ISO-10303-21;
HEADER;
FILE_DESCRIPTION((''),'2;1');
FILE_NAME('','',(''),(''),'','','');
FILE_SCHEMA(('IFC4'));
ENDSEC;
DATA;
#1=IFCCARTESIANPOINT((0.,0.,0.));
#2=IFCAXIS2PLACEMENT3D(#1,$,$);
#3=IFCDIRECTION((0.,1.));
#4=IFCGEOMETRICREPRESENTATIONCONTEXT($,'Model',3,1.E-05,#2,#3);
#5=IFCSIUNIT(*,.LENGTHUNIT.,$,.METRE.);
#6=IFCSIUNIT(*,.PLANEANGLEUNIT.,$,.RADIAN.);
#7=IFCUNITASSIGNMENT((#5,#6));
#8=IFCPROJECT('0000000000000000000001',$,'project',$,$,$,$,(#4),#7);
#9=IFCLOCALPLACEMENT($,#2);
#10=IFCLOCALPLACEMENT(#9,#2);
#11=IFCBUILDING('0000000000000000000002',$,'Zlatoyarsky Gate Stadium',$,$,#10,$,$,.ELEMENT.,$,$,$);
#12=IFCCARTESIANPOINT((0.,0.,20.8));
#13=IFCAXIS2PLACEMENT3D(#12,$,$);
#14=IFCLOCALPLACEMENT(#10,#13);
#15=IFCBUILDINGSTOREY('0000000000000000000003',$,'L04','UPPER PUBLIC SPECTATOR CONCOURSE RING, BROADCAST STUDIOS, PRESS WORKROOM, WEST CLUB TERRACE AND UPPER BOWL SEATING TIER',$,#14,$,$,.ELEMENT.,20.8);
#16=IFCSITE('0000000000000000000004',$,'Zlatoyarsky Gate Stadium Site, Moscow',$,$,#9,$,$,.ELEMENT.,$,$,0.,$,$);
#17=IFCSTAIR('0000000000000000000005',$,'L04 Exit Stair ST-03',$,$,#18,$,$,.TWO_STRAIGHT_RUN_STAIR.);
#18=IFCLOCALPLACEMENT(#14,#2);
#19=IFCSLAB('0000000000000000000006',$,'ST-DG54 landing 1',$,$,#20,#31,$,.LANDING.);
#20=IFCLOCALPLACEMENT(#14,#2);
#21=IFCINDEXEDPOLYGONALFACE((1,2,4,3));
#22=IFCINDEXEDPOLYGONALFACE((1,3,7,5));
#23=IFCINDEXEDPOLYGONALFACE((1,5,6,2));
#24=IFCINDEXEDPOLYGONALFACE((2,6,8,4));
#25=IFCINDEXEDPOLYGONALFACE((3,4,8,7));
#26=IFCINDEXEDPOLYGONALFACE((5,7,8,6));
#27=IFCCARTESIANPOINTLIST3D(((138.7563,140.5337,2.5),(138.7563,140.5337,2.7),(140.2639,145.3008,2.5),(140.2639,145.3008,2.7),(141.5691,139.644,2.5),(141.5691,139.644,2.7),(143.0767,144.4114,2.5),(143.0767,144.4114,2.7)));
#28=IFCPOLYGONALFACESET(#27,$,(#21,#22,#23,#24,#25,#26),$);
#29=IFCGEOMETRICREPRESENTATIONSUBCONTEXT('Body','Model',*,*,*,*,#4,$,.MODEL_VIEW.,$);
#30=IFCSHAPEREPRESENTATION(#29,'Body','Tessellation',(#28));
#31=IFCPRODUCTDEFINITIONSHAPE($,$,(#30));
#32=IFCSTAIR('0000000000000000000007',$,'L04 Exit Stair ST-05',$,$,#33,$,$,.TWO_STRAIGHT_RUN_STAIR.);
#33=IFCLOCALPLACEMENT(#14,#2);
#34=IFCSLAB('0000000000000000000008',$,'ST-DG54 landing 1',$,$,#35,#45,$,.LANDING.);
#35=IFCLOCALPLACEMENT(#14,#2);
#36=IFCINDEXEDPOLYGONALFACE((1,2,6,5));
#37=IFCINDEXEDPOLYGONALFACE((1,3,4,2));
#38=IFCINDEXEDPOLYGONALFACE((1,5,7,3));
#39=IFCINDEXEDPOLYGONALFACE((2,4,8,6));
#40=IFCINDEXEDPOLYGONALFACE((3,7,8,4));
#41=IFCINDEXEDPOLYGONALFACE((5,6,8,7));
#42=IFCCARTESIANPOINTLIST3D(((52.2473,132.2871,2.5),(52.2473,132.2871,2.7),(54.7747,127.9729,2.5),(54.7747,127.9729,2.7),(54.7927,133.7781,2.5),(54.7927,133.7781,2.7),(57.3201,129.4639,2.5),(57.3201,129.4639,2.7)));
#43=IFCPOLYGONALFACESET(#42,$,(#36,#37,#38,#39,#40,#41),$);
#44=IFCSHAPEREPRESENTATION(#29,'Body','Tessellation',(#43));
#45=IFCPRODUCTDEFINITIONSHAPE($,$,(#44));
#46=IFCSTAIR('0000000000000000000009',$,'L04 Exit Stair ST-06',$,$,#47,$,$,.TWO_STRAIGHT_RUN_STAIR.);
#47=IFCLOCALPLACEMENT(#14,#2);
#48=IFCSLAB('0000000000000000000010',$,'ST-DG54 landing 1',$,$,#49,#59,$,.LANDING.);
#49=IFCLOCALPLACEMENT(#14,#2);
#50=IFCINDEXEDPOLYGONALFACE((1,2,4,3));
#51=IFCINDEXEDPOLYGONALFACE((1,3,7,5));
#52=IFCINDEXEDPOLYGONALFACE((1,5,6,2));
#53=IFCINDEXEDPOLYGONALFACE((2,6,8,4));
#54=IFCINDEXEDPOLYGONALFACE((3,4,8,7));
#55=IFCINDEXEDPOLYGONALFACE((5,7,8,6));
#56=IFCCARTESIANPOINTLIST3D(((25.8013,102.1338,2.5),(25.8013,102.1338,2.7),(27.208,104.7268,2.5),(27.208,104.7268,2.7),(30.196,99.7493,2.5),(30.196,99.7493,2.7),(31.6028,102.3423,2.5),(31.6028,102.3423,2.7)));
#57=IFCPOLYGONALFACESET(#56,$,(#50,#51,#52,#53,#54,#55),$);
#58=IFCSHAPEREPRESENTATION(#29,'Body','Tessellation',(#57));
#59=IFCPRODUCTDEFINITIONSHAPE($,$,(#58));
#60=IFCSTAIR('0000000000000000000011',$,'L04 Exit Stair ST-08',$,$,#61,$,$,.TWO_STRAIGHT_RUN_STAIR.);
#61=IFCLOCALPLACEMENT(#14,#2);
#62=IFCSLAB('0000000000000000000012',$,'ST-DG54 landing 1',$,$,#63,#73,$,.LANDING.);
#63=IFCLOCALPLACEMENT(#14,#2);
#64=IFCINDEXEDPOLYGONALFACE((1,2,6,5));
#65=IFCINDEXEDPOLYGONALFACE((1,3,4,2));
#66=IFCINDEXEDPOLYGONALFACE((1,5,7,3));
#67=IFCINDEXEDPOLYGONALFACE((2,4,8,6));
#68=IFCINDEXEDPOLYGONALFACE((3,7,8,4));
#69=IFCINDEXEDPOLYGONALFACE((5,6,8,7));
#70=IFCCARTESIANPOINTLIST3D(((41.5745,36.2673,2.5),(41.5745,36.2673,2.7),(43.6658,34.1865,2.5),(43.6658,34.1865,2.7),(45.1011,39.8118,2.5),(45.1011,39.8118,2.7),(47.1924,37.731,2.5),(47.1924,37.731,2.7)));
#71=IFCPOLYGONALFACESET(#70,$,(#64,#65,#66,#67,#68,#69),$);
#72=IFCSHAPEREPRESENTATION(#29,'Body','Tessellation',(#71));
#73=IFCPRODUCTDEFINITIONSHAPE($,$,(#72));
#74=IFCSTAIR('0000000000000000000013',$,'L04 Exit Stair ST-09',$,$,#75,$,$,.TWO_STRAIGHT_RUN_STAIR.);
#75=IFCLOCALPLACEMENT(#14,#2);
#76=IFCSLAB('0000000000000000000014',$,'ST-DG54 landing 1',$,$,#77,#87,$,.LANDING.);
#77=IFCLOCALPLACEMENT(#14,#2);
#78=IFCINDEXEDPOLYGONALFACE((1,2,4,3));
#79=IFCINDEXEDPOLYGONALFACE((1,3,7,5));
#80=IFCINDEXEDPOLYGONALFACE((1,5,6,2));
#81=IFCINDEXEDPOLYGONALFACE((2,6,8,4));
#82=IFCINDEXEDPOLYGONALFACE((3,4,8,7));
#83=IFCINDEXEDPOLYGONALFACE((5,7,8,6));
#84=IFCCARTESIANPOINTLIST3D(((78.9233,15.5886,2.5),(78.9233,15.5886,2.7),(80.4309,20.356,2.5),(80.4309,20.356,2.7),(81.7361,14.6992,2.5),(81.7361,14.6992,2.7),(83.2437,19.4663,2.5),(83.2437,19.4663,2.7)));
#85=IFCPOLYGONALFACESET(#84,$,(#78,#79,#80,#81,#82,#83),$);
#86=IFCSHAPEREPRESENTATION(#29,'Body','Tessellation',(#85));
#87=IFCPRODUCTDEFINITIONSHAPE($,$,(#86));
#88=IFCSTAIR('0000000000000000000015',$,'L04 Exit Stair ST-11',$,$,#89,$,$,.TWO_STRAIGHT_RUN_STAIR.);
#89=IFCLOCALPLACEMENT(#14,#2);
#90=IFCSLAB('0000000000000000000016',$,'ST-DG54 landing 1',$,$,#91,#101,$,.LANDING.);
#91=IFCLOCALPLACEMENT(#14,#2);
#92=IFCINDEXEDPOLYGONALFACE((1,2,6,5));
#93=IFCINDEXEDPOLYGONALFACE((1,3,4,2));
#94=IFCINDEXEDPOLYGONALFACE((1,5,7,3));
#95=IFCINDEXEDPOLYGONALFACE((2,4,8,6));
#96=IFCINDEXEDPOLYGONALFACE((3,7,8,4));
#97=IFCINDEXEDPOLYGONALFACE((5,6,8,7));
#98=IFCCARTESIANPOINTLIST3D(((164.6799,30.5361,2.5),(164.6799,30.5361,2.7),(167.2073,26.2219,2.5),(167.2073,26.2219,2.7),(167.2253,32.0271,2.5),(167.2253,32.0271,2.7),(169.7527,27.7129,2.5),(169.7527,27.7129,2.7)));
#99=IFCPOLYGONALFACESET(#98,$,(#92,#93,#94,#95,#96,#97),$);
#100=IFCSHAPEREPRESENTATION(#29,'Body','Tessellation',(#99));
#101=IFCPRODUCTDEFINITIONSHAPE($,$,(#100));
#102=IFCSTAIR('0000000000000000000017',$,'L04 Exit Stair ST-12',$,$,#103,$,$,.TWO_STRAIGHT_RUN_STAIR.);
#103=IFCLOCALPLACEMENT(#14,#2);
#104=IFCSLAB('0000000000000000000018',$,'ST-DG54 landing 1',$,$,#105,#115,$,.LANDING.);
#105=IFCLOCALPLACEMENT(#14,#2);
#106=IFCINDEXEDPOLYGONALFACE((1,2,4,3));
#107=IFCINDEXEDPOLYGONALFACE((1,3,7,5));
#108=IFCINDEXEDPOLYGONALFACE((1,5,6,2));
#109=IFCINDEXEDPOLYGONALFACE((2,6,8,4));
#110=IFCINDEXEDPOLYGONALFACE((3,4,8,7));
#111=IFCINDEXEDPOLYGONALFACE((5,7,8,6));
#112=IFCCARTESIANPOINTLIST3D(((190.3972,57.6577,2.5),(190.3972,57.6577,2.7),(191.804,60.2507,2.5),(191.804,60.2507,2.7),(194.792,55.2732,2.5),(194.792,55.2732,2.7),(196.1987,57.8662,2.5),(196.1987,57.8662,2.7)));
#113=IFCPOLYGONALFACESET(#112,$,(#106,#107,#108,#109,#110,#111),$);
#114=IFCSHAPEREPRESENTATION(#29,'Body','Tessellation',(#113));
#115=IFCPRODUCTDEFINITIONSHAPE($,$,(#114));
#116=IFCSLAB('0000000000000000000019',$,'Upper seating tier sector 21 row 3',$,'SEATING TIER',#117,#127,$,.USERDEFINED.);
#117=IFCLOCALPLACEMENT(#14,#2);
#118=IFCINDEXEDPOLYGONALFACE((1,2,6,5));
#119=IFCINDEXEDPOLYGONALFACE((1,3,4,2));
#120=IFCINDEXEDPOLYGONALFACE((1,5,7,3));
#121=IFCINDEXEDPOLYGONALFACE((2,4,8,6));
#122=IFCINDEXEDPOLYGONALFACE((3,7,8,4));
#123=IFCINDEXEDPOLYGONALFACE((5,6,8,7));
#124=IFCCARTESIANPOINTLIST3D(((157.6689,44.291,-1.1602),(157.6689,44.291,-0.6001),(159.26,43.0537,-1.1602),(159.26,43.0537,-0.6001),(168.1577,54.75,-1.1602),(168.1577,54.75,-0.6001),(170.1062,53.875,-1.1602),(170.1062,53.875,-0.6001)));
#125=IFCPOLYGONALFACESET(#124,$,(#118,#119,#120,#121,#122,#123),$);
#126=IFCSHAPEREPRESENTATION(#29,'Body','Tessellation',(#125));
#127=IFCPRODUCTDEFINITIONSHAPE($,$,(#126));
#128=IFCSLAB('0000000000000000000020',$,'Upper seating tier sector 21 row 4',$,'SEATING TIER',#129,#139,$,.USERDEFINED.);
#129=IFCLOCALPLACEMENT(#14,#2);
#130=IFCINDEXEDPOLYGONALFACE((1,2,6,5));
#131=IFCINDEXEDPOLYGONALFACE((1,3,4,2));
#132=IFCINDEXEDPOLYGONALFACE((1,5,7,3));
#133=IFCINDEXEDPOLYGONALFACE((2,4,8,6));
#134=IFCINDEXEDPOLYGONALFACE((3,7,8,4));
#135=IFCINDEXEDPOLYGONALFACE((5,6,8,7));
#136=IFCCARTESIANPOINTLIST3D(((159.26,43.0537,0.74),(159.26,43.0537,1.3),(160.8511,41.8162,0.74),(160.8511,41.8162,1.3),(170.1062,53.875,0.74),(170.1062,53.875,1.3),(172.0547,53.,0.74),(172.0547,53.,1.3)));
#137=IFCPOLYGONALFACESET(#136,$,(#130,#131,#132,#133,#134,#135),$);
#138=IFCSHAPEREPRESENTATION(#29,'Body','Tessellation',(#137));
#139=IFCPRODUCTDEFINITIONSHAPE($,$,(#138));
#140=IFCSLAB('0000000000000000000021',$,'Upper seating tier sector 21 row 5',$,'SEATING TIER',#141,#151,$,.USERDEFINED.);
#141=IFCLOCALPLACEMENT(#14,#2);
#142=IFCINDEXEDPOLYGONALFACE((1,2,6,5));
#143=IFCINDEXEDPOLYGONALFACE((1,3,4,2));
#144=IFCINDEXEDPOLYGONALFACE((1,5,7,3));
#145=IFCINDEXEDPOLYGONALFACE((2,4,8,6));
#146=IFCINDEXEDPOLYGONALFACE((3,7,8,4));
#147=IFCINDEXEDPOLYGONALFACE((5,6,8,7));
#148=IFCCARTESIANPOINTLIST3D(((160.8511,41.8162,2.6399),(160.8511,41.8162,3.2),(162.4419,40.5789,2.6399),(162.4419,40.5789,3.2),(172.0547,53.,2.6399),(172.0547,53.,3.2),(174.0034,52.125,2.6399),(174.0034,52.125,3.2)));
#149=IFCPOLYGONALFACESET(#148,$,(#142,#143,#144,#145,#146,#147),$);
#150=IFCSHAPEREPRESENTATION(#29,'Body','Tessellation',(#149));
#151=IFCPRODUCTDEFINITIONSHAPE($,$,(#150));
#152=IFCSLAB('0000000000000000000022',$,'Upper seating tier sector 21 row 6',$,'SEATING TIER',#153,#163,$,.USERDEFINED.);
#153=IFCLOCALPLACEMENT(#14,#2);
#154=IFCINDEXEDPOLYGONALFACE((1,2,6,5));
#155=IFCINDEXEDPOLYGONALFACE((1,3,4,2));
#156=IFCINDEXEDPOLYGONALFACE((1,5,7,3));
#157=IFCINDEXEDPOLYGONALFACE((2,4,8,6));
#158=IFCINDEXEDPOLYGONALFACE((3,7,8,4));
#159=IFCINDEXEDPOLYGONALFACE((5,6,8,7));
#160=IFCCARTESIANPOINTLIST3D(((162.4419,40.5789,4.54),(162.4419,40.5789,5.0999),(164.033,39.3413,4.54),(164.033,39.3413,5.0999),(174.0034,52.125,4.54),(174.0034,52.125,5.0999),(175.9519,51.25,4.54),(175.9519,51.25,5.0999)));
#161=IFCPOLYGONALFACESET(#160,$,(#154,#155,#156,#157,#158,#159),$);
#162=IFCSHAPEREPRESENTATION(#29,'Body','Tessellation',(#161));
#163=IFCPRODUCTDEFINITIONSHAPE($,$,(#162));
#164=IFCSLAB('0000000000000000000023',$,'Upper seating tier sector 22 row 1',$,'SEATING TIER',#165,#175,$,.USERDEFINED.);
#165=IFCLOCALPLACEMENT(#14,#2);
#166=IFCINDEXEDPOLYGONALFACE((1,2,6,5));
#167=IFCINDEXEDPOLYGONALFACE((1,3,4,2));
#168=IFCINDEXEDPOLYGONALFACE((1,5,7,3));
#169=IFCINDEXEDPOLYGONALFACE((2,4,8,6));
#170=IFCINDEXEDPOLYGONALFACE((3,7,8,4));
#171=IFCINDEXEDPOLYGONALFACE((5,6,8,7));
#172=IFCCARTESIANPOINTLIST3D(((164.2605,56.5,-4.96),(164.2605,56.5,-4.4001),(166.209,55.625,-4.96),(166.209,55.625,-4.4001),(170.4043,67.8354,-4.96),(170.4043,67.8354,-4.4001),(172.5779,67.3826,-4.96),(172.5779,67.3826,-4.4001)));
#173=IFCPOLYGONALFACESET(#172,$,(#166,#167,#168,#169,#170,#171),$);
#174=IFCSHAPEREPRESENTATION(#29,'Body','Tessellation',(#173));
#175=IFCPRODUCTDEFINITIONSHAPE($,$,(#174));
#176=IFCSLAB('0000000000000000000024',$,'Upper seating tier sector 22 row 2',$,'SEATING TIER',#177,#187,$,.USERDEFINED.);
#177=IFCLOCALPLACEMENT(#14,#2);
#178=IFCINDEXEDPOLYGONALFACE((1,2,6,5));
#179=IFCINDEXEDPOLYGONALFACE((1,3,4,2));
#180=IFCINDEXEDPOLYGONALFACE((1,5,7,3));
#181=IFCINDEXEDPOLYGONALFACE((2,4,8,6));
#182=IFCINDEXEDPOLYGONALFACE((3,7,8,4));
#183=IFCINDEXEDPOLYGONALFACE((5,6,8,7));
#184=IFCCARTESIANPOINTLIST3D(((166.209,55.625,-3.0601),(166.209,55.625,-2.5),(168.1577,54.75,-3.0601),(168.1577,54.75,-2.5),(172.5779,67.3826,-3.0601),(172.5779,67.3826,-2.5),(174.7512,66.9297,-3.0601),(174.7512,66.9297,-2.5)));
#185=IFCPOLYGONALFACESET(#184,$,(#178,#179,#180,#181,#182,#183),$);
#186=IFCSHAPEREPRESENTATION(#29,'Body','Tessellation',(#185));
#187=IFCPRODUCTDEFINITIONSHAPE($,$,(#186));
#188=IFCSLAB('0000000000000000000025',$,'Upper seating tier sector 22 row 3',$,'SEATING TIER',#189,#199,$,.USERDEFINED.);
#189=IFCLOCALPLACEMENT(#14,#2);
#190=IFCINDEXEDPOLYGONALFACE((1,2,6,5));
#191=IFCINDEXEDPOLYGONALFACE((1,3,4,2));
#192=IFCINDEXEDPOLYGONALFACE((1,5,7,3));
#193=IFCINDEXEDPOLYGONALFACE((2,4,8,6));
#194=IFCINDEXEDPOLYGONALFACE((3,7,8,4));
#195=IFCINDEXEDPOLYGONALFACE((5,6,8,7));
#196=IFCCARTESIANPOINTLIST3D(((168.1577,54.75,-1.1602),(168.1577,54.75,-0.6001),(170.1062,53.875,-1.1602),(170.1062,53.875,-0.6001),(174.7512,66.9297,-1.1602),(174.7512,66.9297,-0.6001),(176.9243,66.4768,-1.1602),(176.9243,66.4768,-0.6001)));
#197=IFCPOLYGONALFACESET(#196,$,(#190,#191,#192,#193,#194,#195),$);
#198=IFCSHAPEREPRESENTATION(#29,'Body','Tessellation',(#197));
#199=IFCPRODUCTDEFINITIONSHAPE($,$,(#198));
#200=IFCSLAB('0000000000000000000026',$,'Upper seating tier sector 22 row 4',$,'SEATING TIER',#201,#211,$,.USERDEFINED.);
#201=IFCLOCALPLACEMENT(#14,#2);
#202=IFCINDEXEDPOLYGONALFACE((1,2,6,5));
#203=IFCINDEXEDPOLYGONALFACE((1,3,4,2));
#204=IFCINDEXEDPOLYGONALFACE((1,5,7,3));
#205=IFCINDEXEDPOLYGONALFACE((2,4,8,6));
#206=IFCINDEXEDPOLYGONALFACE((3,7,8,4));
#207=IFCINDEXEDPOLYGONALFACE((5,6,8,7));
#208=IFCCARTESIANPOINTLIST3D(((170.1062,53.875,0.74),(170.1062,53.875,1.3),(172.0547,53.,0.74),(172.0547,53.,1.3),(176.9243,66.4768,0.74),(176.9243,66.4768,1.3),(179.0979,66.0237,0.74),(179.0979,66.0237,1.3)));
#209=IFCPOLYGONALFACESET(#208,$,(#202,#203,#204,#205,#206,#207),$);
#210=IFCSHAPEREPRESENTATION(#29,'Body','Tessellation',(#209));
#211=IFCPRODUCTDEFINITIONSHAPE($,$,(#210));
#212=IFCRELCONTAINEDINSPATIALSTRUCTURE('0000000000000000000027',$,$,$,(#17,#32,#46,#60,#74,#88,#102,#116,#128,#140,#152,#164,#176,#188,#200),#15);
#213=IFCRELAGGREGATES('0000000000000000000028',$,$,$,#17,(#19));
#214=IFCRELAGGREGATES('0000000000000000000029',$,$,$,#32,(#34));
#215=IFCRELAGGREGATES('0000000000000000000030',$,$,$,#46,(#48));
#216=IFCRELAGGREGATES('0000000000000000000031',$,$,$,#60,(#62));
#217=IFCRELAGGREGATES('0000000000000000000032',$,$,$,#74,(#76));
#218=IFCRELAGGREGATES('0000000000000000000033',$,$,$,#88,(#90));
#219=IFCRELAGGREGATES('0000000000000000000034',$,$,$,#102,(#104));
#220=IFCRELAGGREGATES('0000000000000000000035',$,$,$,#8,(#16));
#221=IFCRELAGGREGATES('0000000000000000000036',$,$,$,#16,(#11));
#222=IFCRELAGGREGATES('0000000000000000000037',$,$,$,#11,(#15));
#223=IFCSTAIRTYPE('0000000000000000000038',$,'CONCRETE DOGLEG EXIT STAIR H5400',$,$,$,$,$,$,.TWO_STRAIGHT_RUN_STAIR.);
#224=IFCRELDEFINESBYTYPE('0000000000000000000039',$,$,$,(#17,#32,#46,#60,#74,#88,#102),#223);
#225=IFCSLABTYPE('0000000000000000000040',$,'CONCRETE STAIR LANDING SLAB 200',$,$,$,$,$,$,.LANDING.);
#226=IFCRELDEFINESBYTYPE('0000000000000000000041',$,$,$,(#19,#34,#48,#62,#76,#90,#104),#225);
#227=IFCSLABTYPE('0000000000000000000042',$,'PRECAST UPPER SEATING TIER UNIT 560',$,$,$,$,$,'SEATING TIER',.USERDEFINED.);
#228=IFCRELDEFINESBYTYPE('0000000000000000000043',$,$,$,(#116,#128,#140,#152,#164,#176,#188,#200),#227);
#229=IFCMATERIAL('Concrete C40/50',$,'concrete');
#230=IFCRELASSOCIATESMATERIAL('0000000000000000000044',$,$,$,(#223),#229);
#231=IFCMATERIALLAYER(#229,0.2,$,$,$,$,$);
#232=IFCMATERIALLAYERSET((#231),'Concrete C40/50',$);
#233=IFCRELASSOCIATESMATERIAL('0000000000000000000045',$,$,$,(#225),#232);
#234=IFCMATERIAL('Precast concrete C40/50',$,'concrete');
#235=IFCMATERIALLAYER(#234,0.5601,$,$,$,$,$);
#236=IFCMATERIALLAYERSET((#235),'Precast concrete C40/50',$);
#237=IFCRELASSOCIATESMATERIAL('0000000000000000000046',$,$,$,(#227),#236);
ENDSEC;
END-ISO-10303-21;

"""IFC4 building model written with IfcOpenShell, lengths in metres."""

from ifc_helpers import new_model, si_unit, direction, frame, origin, place, context, subcontext, project, spatial, polyline, outline, extrude, material, layer, layer_set, type_object, element, aggregate, save


model = new_model("IFC4")

# Units and contexts
model_context = context("Model", 3, precision=1e-05, world=origin(), true_north=direction((0.0, 1.0)))
body_context = subcontext(model_context, "Body", "Model", "MODEL_VIEW")
ifc_project = project(units=[si_unit("LENGTHUNIT", "METRE"), si_unit("PLANEANGLEUNIT", "RADIAN")], contexts=[model_context])

# Site, building, storey
site_placement = place(None, origin())
site = spatial("IfcSite", under=ifc_project, at=site_placement, Name="Zlatoyarsky Gate Stadium Site, Moscow", CompositionType="ELEMENT", RefElevation=0.0)
building_placement = place(site_placement, origin())
building = spatial("IfcBuilding", under=site, at=building_placement, Name="Zlatoyarsky Gate Stadium", CompositionType="ELEMENT")
storey_placement = place(building_placement, frame((0.0, 0.0, 20.8)))
storey = spatial("IfcBuildingStorey", under=building, at=storey_placement, Name="L04", Description="UPPER PUBLIC SPECTATOR CONCOURSE RING, BROADCAST STUDIOS, PRESS WORKROOM, WEST CLUB TERRACE AND UPPER BOWL SEATING TIER", CompositionType="ELEMENT", Elevation=20.8)

# Shared definitions
ifc_material_1 = material(Name="Concrete C40/50", Category="concrete")

# Stairs, slabs
stair_type = type_object("IfcStairType", Name="CONCRETE DOGLEG EXIT STAIR H5400", PredefinedType="TWO_STRAIGHT_RUN_STAIR", material=ifc_material_1)
ifc_layer_1 = layer(ifc_material_1, 0.2)
ifc_layer_set_1 = layer_set([ifc_layer_1], Name="Concrete C40/50")
slab_type_1 = type_object("IfcSlabType", Name="CONCRETE STAIR LANDING SLAB 200", PredefinedType="LANDING", material=ifc_layer_set_1)
stair_1_placement = place(storey_placement, origin())
stair_1 = element("IfcStair", 1, at=stair_1_placement, inside=storey, type_object=stair_type, Name="L04 Exit Stair ST-03", PredefinedType="TWO_STRAIGHT_RUN_STAIR")
slab_1_placement = place(storey_placement, frame((0.0, 0.0, 2.5)))
slab_1 = element("IfcSlab", 2, at=slab_1_placement, type_object=slab_type_1, Name="ST-DG54 landing 1", PredefinedType="LANDING", context=body_context, shape_type="SweptSolid", body=[
    extrude(outline(polyline([(143.0767, 144.4114), (140.2639, 145.3008), (138.7563, 140.5337), (141.5691, 139.644), (143.0767, 144.4114)])), origin(), (0.0, 0.0, 1.0), 0.2),
])
aggregate(stair_1, [slab_1])
stair_2_placement = place(storey_placement, origin())
stair_2 = element("IfcStair", 3, at=stair_2_placement, inside=storey, type_object=stair_type, Name="L04 Exit Stair ST-05", PredefinedType="TWO_STRAIGHT_RUN_STAIR")
slab_2_placement = place(storey_placement, frame((0.0, 0.0, 2.5)))
slab_2 = element("IfcSlab", 4, at=slab_2_placement, type_object=slab_type_1, Name="ST-DG54 landing 1", PredefinedType="LANDING", context=body_context, shape_type="SweptSolid", body=[
    extrude(outline(polyline([(54.7927, 133.7781), (52.2473, 132.2871), (54.7747, 127.9729), (57.3201, 129.4639), (54.7927, 133.7781)])), origin(), (0.0, 0.0, 1.0), 0.2),
])
aggregate(stair_2, [slab_2])
stair_3_placement = place(storey_placement, origin())
stair_3 = element("IfcStair", 5, at=stair_3_placement, inside=storey, type_object=stair_type, Name="L04 Exit Stair ST-06", PredefinedType="TWO_STRAIGHT_RUN_STAIR")
slab_3_placement = place(storey_placement, frame((0.0, 0.0, 2.5)))
slab_3 = element("IfcSlab", 6, at=slab_3_placement, type_object=slab_type_1, Name="ST-DG54 landing 1", PredefinedType="LANDING", context=body_context, shape_type="SweptSolid", body=[
    extrude(outline(polyline([(27.208, 104.7268), (25.8013, 102.1338), (30.196, 99.7493), (31.6028, 102.3423), (27.208, 104.7268)])), origin(), (0.0, 0.0, 1.0), 0.2),
])
aggregate(stair_3, [slab_3])
stair_4_placement = place(storey_placement, origin())
stair_4 = element("IfcStair", 7, at=stair_4_placement, inside=storey, type_object=stair_type, Name="L04 Exit Stair ST-08", PredefinedType="TWO_STRAIGHT_RUN_STAIR")
slab_4_placement = place(storey_placement, frame((0.0, 0.0, 2.5)))
slab_4 = element("IfcSlab", 8, at=slab_4_placement, type_object=slab_type_1, Name="ST-DG54 landing 1", PredefinedType="LANDING", context=body_context, shape_type="SweptSolid", body=[
    extrude(outline(polyline([(41.5745, 36.2673), (43.6658, 34.1865), (47.1924, 37.731), (45.1011, 39.8118), (41.5745, 36.2673)])), origin(), (0.0, 0.0, 1.0), 0.2),
])
aggregate(stair_4, [slab_4])
stair_5_placement = place(storey_placement, origin())
stair_5 = element("IfcStair", 9, at=stair_5_placement, inside=storey, type_object=stair_type, Name="L04 Exit Stair ST-09", PredefinedType="TWO_STRAIGHT_RUN_STAIR")
slab_5_placement = place(storey_placement, frame((0.0, 0.0, 2.5)))
slab_5 = element("IfcSlab", 10, at=slab_5_placement, type_object=slab_type_1, Name="ST-DG54 landing 1", PredefinedType="LANDING", context=body_context, shape_type="SweptSolid", body=[
    extrude(outline(polyline([(78.9233, 15.5886), (81.7361, 14.6992), (83.2437, 19.4663), (80.4309, 20.356), (78.9233, 15.5886)])), origin(), (0.0, 0.0, 1.0), 0.2),
])
aggregate(stair_5, [slab_5])
stair_6_placement = place(storey_placement, origin())
stair_6 = element("IfcStair", 11, at=stair_6_placement, inside=storey, type_object=stair_type, Name="L04 Exit Stair ST-11", PredefinedType="TWO_STRAIGHT_RUN_STAIR")
slab_6_placement = place(storey_placement, frame((0.0, 0.0, 2.5)))
slab_6 = element("IfcSlab", 12, at=slab_6_placement, type_object=slab_type_1, Name="ST-DG54 landing 1", PredefinedType="LANDING", context=body_context, shape_type="SweptSolid", body=[
    extrude(outline(polyline([(167.2073, 26.2219), (169.7527, 27.7129), (167.2253, 32.0271), (164.6799, 30.5361), (167.2073, 26.2219)])), origin(), (0.0, 0.0, 1.0), 0.2),
])
aggregate(stair_6, [slab_6])
stair_7_placement = place(storey_placement, origin())
stair_7 = element("IfcStair", 13, at=stair_7_placement, inside=storey, type_object=stair_type, Name="L04 Exit Stair ST-12", PredefinedType="TWO_STRAIGHT_RUN_STAIR")
slab_7_placement = place(storey_placement, frame((0.0, 0.0, 2.5)))
slab_7 = element("IfcSlab", 14, at=slab_7_placement, type_object=slab_type_1, Name="ST-DG54 landing 1", PredefinedType="LANDING", context=body_context, shape_type="SweptSolid", body=[
    extrude(outline(polyline([(194.792, 55.2732), (196.1987, 57.8662), (191.804, 60.2507), (190.3972, 57.6577), (194.792, 55.2732)])), origin(), (0.0, 0.0, 1.0), 0.2),
])
aggregate(stair_7, [slab_7])

# Slabs
ifc_material_2 = material(Name="Precast concrete C40/50", Category="concrete")
ifc_layer_2 = layer(ifc_material_2, 0.5601)
ifc_layer_set_2 = layer_set([ifc_layer_2], Name="Precast concrete C40/50")
slab_type_2 = type_object("IfcSlabType", Name="PRECAST UPPER SEATING TIER UNIT 560", ElementType="SEATING TIER", PredefinedType="USERDEFINED", material=ifc_layer_set_2)
slab_8_placement = place(storey_placement, frame((0.0, 0.0, -1.1602)))
element("IfcSlab", 15, at=slab_8_placement, inside=storey, type_object=slab_type_2, Name="Upper seating tier sector 21 row 3", ObjectType="SEATING TIER", PredefinedType="USERDEFINED", context=body_context, shape_type="SweptSolid", body=[
    extrude(outline(polyline([(157.6689, 44.291), (159.26, 43.0537), (170.1062, 53.875), (168.1577, 54.75), (157.6689, 44.291)])), origin(), (0.0, 0.0, 1.0), 0.5601),
])
slab_9_placement = place(storey_placement, frame((0.0, 0.0, 0.74)))
element("IfcSlab", 16, at=slab_9_placement, inside=storey, type_object=slab_type_2, Name="Upper seating tier sector 21 row 4", ObjectType="SEATING TIER", PredefinedType="USERDEFINED", context=body_context, shape_type="SweptSolid", body=[
    extrude(outline(polyline([(159.26, 43.0537), (160.8511, 41.8162), (172.0547, 53.0), (170.1062, 53.875), (159.26, 43.0537)])), origin(), (0.0, 0.0, 1.0), 0.5601),
])
slab_10_placement = place(storey_placement, frame((0.0, 0.0, 2.6399)))
element("IfcSlab", 17, at=slab_10_placement, inside=storey, type_object=slab_type_2, Name="Upper seating tier sector 21 row 5", ObjectType="SEATING TIER", PredefinedType="USERDEFINED", context=body_context, shape_type="SweptSolid", body=[
    extrude(outline(polyline([(160.8511, 41.8162), (162.4419, 40.5789), (174.0034, 52.125), (172.0547, 53.0), (160.8511, 41.8162)])), origin(), (0.0, 0.0, 1.0), 0.5601),
])
slab_11_placement = place(storey_placement, frame((0.0, 0.0, 4.54)))
element("IfcSlab", 18, at=slab_11_placement, inside=storey, type_object=slab_type_2, Name="Upper seating tier sector 21 row 6", ObjectType="SEATING TIER", PredefinedType="USERDEFINED", context=body_context, shape_type="SweptSolid", body=[
    extrude(outline(polyline([(162.4419, 40.5789), (164.033, 39.3413), (175.9519, 51.25), (174.0034, 52.125), (162.4419, 40.5789)])), origin(), (0.0, 0.0, 1.0), 0.5598),
])
slab_12_placement = place(storey_placement, frame((0.0, 0.0, -4.96)))
element("IfcSlab", 19, at=slab_12_placement, inside=storey, type_object=slab_type_2, Name="Upper seating tier sector 22 row 1", ObjectType="SEATING TIER", PredefinedType="USERDEFINED", context=body_context, shape_type="SweptSolid", body=[
    extrude(outline(polyline([(164.2605, 56.5), (166.209, 55.625), (172.5779, 67.3826), (170.4043, 67.8354), (164.2605, 56.5)])), origin(), (0.0, 0.0, 1.0), 0.5598),
])
slab_13_placement = place(storey_placement, frame((0.0, 0.0, -3.0601)))
element("IfcSlab", 20, at=slab_13_placement, inside=storey, type_object=slab_type_2, Name="Upper seating tier sector 22 row 2", ObjectType="SEATING TIER", PredefinedType="USERDEFINED", context=body_context, shape_type="SweptSolid", body=[
    extrude(outline(polyline([(166.209, 55.625), (168.1577, 54.75), (174.7512, 66.9297), (172.5779, 67.3826), (166.209, 55.625)])), origin(), (0.0, 0.0, 1.0), 0.5601),
])
slab_14_placement = place(storey_placement, frame((0.0, 0.0, -1.1602)))
element("IfcSlab", 21, at=slab_14_placement, inside=storey, type_object=slab_type_2, Name="Upper seating tier sector 22 row 3", ObjectType="SEATING TIER", PredefinedType="USERDEFINED", context=body_context, shape_type="SweptSolid", body=[
    extrude(outline(polyline([(168.1577, 54.75), (170.1062, 53.875), (176.9243, 66.4768), (174.7512, 66.9297), (168.1577, 54.75)])), origin(), (0.0, 0.0, 1.0), 0.5601),
])
slab_15_placement = place(storey_placement, frame((0.0, 0.0, 0.74)))
element("IfcSlab", 22, at=slab_15_placement, inside=storey, type_object=slab_type_2, Name="Upper seating tier sector 22 row 4", ObjectType="SEATING TIER", PredefinedType="USERDEFINED", context=body_context, shape_type="SweptSolid", body=[
    extrude(outline(polyline([(170.1062, 53.875), (172.0547, 53.0), (179.0979, 66.0237), (176.9243, 66.4768), (170.1062, 53.875)])), origin(), (0.0, 0.0, 1.0), 0.5601),
])

save(model, "model.ifc")
